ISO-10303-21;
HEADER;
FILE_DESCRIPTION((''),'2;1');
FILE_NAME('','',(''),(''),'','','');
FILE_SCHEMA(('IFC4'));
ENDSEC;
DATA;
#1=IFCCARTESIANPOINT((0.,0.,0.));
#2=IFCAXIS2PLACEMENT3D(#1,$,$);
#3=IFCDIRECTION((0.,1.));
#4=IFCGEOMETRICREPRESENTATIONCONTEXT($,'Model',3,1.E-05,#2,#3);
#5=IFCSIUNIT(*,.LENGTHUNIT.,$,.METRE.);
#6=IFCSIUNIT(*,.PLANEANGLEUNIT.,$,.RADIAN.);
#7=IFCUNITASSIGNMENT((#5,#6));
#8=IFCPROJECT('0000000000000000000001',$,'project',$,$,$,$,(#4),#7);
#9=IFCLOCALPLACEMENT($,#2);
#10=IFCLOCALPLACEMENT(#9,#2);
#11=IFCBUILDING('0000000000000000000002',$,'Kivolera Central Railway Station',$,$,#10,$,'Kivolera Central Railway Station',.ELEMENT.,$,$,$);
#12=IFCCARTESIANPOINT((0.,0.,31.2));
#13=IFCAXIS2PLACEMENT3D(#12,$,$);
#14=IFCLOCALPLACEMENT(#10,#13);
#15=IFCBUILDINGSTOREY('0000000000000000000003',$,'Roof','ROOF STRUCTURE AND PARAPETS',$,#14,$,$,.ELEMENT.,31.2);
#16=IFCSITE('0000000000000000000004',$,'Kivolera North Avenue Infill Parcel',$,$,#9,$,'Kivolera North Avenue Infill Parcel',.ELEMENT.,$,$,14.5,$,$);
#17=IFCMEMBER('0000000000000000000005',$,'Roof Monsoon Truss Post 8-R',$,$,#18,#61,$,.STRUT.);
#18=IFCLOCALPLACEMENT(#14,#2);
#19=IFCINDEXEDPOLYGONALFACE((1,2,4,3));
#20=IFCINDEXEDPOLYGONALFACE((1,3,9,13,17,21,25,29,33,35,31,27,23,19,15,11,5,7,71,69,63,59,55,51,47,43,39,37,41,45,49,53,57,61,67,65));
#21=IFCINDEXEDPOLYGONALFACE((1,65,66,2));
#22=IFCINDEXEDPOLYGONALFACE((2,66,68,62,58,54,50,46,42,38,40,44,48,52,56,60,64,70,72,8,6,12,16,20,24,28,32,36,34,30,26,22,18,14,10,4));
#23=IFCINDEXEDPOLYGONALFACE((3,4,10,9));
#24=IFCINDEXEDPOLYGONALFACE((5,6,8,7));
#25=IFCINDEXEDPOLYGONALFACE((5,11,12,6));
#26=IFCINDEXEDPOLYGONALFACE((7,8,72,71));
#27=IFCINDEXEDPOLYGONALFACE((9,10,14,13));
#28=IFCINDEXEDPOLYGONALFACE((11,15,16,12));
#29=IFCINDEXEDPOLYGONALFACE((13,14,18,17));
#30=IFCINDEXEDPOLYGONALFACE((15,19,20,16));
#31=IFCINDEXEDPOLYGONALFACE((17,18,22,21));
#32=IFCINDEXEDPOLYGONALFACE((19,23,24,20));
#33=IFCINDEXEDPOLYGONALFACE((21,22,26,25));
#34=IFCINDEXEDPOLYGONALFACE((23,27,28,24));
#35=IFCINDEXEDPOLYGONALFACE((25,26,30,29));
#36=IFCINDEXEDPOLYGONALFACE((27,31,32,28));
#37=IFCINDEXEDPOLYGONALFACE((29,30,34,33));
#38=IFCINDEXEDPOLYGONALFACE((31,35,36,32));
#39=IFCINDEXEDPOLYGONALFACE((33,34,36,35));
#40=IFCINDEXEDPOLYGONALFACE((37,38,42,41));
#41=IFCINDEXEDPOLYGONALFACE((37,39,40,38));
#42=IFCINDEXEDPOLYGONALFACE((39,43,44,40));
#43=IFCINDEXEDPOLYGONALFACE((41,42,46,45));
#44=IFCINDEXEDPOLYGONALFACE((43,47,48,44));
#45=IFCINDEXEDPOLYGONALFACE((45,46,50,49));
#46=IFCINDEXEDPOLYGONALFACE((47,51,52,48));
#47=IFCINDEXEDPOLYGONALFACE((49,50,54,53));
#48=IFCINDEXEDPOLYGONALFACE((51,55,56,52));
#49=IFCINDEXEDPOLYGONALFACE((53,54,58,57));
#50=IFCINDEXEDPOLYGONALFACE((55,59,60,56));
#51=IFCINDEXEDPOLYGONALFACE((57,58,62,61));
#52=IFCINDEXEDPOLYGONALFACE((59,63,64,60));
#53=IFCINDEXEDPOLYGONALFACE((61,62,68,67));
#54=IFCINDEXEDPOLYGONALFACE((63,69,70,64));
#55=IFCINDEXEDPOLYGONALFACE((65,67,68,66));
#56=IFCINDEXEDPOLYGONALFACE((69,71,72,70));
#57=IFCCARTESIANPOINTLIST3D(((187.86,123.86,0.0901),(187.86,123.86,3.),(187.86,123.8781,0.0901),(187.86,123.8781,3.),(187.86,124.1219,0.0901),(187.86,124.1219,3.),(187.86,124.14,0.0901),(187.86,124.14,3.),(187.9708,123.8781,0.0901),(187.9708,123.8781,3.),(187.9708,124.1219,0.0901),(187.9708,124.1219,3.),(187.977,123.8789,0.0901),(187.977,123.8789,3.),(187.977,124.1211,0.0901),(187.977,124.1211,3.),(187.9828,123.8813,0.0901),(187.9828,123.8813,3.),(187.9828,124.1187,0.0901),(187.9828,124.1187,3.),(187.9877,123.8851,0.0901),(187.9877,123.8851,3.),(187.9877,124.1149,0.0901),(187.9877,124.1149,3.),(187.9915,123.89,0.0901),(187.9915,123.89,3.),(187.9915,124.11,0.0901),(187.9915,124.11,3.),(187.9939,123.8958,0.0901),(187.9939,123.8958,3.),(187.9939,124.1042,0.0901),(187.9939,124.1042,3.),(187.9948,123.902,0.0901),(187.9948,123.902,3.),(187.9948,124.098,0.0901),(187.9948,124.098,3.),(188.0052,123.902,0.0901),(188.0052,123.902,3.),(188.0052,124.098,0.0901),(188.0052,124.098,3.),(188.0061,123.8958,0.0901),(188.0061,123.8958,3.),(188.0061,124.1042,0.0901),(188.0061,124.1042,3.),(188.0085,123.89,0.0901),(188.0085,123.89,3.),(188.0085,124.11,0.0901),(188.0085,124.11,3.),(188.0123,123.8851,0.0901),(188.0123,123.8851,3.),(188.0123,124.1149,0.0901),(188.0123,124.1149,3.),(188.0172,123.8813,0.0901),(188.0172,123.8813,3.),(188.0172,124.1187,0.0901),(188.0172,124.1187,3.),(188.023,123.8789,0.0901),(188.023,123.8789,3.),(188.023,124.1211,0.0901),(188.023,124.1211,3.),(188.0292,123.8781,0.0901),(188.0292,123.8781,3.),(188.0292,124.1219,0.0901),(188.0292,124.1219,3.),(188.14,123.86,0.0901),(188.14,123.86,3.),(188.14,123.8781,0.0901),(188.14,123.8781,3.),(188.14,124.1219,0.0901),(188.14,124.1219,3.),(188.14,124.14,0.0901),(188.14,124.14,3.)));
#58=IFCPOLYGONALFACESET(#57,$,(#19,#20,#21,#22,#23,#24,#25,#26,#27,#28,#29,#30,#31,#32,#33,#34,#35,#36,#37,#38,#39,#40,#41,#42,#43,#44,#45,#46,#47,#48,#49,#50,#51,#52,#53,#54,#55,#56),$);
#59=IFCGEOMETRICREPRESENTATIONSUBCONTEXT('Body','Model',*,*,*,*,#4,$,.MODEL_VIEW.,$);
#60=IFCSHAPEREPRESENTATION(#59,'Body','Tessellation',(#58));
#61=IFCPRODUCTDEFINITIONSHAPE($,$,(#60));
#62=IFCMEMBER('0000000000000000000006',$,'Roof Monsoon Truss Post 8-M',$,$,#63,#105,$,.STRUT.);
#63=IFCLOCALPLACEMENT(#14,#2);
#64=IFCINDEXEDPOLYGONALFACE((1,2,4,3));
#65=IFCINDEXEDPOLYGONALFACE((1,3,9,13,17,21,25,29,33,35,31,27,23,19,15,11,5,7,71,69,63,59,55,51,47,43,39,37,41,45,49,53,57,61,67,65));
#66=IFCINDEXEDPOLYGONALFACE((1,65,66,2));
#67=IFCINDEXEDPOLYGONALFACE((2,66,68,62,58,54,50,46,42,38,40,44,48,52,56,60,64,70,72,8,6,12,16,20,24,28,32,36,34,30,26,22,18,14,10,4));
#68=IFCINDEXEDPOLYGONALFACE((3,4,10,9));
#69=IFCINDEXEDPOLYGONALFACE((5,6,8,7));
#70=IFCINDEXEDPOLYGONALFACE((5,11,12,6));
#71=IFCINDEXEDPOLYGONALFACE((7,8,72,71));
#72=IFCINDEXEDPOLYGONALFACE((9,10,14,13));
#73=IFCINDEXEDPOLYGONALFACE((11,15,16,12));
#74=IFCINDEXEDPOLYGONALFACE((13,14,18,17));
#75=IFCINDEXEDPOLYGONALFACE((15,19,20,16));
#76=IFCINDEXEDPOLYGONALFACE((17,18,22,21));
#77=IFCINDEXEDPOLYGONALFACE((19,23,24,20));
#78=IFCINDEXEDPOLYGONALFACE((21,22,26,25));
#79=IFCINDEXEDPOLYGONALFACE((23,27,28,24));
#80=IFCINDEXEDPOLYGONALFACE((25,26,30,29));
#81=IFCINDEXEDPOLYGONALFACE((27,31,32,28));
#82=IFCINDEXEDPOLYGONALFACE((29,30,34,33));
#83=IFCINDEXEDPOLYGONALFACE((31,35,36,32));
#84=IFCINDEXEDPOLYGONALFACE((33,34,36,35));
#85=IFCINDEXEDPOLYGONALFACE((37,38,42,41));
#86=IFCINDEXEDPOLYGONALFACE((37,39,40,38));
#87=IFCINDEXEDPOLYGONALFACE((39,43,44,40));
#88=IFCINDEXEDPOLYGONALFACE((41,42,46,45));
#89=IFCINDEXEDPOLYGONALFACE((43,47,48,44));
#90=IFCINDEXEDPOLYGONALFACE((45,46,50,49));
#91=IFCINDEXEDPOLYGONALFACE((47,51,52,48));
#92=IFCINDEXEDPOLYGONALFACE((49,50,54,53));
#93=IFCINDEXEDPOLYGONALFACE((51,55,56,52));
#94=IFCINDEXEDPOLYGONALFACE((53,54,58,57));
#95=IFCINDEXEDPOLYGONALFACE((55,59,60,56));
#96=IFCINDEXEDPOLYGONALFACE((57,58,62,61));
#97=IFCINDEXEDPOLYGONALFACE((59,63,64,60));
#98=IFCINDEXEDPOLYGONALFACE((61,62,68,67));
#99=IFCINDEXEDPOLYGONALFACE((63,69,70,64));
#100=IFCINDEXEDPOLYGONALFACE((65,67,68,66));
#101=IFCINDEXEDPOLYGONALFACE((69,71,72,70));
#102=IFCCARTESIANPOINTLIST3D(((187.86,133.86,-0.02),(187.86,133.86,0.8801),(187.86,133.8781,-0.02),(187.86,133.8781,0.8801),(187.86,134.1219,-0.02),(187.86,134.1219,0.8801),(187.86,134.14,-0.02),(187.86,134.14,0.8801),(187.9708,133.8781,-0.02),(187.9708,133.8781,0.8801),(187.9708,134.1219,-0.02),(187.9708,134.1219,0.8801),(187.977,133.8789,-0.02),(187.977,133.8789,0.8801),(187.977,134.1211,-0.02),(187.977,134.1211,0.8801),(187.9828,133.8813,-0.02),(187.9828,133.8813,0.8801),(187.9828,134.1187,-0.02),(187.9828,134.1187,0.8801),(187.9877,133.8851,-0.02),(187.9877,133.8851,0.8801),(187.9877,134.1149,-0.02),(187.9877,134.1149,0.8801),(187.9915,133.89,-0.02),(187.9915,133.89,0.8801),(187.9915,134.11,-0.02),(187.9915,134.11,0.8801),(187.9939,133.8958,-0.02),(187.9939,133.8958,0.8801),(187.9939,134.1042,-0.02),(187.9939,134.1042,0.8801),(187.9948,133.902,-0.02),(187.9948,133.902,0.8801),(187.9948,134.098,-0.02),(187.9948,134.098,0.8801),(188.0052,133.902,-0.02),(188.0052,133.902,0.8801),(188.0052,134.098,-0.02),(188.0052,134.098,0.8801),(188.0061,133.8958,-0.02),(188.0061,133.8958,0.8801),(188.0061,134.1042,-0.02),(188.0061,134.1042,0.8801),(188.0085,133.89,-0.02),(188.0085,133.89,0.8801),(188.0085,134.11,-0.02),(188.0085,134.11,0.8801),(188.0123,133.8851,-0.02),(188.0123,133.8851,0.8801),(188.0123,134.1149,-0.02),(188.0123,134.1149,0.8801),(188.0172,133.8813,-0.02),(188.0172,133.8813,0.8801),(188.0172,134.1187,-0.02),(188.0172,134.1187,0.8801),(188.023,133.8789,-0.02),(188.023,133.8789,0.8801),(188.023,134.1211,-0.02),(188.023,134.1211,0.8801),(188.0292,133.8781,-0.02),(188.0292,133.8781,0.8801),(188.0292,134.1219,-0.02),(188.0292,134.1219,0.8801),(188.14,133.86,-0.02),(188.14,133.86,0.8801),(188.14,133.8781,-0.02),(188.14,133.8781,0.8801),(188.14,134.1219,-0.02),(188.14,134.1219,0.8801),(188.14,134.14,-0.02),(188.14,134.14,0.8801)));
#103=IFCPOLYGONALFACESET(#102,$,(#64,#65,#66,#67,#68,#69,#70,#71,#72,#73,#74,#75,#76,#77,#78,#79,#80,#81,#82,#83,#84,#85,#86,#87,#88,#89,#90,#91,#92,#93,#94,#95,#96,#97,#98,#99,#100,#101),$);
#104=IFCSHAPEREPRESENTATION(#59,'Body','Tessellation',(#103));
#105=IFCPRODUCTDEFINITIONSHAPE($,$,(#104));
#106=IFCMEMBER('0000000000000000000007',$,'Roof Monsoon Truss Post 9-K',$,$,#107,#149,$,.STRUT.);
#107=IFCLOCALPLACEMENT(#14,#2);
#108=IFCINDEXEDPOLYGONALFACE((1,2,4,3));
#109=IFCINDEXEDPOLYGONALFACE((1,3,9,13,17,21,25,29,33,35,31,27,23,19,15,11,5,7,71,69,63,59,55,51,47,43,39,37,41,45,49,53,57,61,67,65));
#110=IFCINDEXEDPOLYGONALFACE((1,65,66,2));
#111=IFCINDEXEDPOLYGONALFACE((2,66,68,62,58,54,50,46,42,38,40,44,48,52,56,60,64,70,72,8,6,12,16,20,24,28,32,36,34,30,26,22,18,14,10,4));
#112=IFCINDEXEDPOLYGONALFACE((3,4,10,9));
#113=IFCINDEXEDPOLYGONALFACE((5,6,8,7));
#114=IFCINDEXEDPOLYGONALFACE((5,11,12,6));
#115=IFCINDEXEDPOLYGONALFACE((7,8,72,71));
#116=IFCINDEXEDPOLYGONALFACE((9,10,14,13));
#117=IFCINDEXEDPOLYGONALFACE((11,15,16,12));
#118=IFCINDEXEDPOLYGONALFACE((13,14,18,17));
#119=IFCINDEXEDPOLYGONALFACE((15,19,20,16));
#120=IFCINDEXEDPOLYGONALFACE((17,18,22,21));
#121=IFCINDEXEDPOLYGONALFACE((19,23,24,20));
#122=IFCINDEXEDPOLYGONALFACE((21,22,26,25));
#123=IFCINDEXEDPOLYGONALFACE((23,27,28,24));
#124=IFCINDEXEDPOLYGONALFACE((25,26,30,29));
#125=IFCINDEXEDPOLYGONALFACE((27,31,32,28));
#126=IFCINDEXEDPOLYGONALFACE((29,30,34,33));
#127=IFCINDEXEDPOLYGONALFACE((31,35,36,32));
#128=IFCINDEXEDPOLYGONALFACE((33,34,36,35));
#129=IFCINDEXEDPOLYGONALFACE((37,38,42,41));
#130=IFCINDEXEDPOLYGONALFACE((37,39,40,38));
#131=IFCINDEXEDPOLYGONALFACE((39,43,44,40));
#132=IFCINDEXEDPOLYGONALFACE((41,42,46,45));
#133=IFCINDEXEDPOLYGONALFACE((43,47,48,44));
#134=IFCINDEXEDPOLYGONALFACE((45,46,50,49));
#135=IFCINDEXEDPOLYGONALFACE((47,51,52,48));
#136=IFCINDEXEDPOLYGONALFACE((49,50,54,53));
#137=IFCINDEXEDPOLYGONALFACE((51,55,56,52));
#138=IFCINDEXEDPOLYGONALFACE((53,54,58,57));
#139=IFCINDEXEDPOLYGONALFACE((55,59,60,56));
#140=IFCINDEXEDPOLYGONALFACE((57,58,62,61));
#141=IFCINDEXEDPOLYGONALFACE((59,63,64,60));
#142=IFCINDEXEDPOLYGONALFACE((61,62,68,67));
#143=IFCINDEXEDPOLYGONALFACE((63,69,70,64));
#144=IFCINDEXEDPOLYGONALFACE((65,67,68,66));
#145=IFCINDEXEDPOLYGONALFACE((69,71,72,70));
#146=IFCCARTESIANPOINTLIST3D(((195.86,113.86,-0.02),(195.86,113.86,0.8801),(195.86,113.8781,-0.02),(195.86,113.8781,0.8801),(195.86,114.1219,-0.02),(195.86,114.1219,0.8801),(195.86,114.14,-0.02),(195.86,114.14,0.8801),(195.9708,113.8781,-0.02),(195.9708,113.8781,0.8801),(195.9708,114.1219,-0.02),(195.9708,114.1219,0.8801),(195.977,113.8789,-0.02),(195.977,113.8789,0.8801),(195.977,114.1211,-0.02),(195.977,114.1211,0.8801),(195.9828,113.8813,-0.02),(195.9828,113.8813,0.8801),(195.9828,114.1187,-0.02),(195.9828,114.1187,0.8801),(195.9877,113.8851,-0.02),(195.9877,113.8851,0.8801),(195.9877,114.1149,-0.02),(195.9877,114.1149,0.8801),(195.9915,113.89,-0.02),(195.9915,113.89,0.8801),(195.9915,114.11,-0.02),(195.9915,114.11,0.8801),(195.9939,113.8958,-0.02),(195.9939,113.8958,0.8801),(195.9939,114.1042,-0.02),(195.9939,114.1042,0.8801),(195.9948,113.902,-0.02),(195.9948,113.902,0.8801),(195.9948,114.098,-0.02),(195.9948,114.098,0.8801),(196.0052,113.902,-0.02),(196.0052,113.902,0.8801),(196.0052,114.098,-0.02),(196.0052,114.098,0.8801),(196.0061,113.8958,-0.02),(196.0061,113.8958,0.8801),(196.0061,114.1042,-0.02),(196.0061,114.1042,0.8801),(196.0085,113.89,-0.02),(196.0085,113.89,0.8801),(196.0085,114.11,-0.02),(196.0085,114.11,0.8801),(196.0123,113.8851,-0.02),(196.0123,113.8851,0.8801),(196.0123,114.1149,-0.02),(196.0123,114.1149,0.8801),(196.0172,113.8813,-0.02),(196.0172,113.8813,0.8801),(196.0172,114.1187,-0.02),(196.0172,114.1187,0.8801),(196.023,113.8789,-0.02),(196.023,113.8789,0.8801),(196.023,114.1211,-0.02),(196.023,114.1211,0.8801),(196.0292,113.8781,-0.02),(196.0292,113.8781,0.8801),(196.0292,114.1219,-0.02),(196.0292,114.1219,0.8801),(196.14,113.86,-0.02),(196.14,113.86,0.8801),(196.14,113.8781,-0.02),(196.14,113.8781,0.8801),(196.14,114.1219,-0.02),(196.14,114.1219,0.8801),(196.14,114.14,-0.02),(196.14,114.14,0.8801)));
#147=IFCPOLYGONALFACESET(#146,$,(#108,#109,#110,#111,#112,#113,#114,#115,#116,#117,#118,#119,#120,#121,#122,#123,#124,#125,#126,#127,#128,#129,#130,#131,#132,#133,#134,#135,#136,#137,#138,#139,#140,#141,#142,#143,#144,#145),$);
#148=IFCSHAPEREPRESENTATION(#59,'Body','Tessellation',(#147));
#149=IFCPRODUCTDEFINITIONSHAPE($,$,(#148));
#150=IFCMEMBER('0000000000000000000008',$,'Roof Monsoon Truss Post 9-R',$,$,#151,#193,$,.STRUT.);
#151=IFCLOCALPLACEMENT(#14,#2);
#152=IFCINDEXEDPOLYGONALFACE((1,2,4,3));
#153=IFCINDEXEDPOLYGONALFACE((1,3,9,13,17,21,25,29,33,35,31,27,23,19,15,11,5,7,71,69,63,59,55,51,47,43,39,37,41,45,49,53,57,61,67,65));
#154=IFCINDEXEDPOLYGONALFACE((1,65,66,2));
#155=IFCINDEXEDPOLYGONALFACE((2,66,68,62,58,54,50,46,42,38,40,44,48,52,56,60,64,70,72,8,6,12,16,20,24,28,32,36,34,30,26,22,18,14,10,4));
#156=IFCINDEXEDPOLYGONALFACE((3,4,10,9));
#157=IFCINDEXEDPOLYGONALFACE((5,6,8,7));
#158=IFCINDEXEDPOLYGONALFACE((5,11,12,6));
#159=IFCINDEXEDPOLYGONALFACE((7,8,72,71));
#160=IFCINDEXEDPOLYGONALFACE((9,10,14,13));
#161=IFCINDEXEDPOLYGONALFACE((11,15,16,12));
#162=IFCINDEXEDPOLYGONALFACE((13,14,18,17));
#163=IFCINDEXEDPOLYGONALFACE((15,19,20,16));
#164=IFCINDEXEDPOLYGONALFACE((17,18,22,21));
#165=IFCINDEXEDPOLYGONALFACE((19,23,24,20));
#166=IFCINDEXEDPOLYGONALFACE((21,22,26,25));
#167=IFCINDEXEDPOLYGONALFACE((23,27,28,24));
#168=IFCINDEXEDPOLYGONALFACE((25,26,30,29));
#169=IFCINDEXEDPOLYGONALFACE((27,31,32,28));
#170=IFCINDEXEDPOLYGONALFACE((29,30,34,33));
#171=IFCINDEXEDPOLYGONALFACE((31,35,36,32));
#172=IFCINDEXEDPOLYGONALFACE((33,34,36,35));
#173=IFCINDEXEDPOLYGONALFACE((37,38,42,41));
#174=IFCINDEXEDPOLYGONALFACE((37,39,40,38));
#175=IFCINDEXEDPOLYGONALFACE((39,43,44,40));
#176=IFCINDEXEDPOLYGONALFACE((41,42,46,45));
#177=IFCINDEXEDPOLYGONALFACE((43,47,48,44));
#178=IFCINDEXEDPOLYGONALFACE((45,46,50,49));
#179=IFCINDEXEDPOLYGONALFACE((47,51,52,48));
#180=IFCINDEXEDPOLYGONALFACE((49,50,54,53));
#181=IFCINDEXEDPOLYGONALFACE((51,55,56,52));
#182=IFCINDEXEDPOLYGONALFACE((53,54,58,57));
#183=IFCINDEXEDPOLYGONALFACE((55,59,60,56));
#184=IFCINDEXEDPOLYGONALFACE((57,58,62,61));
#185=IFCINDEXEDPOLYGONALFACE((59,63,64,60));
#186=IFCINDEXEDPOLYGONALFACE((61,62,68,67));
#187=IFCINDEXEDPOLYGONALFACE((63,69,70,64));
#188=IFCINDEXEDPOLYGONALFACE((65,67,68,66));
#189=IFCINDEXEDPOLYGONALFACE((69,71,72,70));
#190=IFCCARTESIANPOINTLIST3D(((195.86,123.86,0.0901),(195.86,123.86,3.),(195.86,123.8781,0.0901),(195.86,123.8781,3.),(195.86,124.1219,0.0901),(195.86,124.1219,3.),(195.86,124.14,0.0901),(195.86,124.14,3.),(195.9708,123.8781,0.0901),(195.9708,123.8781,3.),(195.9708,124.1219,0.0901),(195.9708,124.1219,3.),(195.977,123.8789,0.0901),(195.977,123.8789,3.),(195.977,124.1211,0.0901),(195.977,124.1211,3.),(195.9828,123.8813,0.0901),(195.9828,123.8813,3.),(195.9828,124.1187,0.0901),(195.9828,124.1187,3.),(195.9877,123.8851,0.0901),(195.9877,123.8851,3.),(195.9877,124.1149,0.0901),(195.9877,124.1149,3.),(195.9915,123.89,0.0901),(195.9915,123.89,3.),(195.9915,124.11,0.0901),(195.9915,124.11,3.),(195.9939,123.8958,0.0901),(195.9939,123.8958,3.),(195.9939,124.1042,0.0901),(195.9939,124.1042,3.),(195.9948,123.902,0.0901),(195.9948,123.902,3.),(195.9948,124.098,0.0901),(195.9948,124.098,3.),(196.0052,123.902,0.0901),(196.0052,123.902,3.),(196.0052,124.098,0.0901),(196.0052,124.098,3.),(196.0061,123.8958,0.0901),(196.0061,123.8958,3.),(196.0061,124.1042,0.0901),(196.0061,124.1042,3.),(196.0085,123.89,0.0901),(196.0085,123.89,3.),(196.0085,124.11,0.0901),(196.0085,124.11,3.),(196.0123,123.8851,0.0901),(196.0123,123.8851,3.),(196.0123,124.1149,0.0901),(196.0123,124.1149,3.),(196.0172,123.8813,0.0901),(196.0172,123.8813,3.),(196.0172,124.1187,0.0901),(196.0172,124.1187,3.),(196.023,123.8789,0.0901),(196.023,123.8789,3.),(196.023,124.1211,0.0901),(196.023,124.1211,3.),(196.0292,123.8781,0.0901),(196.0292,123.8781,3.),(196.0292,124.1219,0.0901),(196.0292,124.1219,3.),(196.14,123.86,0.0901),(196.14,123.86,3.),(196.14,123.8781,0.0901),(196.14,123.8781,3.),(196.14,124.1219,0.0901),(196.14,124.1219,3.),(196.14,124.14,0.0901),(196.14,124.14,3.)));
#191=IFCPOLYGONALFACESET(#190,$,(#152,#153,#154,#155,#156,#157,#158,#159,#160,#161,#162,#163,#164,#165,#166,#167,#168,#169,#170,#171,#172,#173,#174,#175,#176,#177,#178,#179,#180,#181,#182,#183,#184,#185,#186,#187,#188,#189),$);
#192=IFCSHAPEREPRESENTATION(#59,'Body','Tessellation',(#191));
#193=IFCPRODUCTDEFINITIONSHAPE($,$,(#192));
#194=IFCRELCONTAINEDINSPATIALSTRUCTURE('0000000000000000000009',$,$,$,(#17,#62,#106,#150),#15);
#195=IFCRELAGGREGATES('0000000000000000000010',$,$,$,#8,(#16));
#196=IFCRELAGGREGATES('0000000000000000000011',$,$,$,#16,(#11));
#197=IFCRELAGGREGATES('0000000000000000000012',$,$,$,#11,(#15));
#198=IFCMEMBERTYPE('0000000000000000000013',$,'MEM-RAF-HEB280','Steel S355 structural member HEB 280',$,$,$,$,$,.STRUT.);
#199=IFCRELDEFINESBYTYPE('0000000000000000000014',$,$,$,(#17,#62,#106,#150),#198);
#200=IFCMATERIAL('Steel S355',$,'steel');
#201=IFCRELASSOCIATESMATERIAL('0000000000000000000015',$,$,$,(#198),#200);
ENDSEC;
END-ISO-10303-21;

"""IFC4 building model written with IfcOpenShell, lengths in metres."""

from ifc_helpers import new_model, si_unit, direction, frame, origin, origin_2d, place, context, subcontext, project, spatial, i_section, extrude, material, material_profile, profile_set, type_object, element, save


model = new_model("IFC4")

# Units and contexts
model_context = context("Model", 3, precision=1e-05, world=origin(), true_north=direction((0.0, 1.0)))
body_context = subcontext(model_context, "Body", "Model", "MODEL_VIEW")
ifc_project = project(units=[si_unit("LENGTHUNIT", "METRE"), si_unit("PLANEANGLEUNIT", "RADIAN")], contexts=[model_context])

# Site, building, storey
site_placement = place(None, origin())
site = spatial("IfcSite", under=ifc_project, at=site_placement, Name="Kivolera North Avenue Infill Parcel", LongName="Kivolera North Avenue Infill Parcel", CompositionType="ELEMENT", RefElevation=14.5)
building_placement = place(site_placement, origin())
building = spatial("IfcBuilding", under=site, at=building_placement, Name="Kivolera Central Railway Station", LongName="Kivolera Central Railway Station", CompositionType="ELEMENT")
storey_placement = place(building_placement, frame((0.0, 0.0, 31.2)))
storey = spatial("IfcBuildingStorey", under=building, at=storey_placement, Name="Roof", Description="ROOF STRUCTURE AND PARAPETS", CompositionType="ELEMENT", Elevation=31.2)

# Shared definitions
ifc_material_1 = material(Name="Steel S355", Category="steel")

# Members
ifc_material_profile_1 = material_profile(ifc_material_1, i_section(OverallWidth=0.28, OverallDepth=0.28, WebThickness=0.0105, FlangeThickness=0.0181, FilletRadius=0.0239, at=origin_2d()), Name="HEB 280")
ifc_profile_set_1 = profile_set([ifc_material_profile_1], Name="Steel S355")
member_type_1 = type_object("IfcMemberType", Name="MEM-RAF-HEB280", Description="Steel S355 structural member HEB 280", PredefinedType="STRUT", material=ifc_profile_set_1)
member_1_placement = place(storey_placement, frame((188.0, 124.0, 0.0901), z_axis=(0.0, 0.0, 1.0), x_axis=(1.0, 0.0, 0.0)))
element("IfcMember", 1, at=member_1_placement, inside=storey, type_object=member_type_1, Name="Roof Monsoon Truss Post 8-R", PredefinedType="STRUT", context=body_context, shape_type="SweptSolid", body=[
    extrude(i_section(OverallWidth=0.28, OverallDepth=0.28, WebThickness=0.0105, FlangeThickness=0.0181, FilletRadius=0.0239, at=origin_2d()), origin(), (0.0, 0.0, 1.0), 2.9099),
])
for number, where, z_axis, x_axis, name in (
    (2, (188.0, 134.0, -0.02), (0.0, 0.0, 1.0), (1.0, 0.0, 0.0), "Roof Monsoon Truss Post 8-M"),
    (3, (196.0, 114.0, -0.02), (0.0, 0.0, 1.0), (1.0, 0.0, 0.0), "Roof Monsoon Truss Post 9-K"),
):
    element("IfcMember", number, at=place(storey_placement, frame(where, z_axis=z_axis, x_axis=x_axis)), inside=storey, type_object=member_type_1, Name=name, PredefinedType="STRUT", context=body_context, shape_type="SweptSolid", body=[
        extrude(i_section(OverallWidth=0.28, OverallDepth=0.28, WebThickness=0.0105, FlangeThickness=0.0181, FilletRadius=0.0239, at=origin_2d()), origin(), (0.0, 0.0, 1.0), 0.9001),
    ])
member_2_placement = place(storey_placement, frame((196.0, 124.0, 0.0901), z_axis=(0.0, 0.0, 1.0), x_axis=(1.0, 0.0, 0.0)))
element("IfcMember", 4, at=member_2_placement, inside=storey, type_object=member_type_1, Name="Roof Monsoon Truss Post 9-R", PredefinedType="STRUT", context=body_context, shape_type="SweptSolid", body=[
    extrude(i_section(OverallWidth=0.28, OverallDepth=0.28, WebThickness=0.0105, FlangeThickness=0.0181, FilletRadius=0.0239, at=origin_2d()), origin(), (0.0, 0.0, 1.0), 2.9099),
])

save(model, "model.ifc")
